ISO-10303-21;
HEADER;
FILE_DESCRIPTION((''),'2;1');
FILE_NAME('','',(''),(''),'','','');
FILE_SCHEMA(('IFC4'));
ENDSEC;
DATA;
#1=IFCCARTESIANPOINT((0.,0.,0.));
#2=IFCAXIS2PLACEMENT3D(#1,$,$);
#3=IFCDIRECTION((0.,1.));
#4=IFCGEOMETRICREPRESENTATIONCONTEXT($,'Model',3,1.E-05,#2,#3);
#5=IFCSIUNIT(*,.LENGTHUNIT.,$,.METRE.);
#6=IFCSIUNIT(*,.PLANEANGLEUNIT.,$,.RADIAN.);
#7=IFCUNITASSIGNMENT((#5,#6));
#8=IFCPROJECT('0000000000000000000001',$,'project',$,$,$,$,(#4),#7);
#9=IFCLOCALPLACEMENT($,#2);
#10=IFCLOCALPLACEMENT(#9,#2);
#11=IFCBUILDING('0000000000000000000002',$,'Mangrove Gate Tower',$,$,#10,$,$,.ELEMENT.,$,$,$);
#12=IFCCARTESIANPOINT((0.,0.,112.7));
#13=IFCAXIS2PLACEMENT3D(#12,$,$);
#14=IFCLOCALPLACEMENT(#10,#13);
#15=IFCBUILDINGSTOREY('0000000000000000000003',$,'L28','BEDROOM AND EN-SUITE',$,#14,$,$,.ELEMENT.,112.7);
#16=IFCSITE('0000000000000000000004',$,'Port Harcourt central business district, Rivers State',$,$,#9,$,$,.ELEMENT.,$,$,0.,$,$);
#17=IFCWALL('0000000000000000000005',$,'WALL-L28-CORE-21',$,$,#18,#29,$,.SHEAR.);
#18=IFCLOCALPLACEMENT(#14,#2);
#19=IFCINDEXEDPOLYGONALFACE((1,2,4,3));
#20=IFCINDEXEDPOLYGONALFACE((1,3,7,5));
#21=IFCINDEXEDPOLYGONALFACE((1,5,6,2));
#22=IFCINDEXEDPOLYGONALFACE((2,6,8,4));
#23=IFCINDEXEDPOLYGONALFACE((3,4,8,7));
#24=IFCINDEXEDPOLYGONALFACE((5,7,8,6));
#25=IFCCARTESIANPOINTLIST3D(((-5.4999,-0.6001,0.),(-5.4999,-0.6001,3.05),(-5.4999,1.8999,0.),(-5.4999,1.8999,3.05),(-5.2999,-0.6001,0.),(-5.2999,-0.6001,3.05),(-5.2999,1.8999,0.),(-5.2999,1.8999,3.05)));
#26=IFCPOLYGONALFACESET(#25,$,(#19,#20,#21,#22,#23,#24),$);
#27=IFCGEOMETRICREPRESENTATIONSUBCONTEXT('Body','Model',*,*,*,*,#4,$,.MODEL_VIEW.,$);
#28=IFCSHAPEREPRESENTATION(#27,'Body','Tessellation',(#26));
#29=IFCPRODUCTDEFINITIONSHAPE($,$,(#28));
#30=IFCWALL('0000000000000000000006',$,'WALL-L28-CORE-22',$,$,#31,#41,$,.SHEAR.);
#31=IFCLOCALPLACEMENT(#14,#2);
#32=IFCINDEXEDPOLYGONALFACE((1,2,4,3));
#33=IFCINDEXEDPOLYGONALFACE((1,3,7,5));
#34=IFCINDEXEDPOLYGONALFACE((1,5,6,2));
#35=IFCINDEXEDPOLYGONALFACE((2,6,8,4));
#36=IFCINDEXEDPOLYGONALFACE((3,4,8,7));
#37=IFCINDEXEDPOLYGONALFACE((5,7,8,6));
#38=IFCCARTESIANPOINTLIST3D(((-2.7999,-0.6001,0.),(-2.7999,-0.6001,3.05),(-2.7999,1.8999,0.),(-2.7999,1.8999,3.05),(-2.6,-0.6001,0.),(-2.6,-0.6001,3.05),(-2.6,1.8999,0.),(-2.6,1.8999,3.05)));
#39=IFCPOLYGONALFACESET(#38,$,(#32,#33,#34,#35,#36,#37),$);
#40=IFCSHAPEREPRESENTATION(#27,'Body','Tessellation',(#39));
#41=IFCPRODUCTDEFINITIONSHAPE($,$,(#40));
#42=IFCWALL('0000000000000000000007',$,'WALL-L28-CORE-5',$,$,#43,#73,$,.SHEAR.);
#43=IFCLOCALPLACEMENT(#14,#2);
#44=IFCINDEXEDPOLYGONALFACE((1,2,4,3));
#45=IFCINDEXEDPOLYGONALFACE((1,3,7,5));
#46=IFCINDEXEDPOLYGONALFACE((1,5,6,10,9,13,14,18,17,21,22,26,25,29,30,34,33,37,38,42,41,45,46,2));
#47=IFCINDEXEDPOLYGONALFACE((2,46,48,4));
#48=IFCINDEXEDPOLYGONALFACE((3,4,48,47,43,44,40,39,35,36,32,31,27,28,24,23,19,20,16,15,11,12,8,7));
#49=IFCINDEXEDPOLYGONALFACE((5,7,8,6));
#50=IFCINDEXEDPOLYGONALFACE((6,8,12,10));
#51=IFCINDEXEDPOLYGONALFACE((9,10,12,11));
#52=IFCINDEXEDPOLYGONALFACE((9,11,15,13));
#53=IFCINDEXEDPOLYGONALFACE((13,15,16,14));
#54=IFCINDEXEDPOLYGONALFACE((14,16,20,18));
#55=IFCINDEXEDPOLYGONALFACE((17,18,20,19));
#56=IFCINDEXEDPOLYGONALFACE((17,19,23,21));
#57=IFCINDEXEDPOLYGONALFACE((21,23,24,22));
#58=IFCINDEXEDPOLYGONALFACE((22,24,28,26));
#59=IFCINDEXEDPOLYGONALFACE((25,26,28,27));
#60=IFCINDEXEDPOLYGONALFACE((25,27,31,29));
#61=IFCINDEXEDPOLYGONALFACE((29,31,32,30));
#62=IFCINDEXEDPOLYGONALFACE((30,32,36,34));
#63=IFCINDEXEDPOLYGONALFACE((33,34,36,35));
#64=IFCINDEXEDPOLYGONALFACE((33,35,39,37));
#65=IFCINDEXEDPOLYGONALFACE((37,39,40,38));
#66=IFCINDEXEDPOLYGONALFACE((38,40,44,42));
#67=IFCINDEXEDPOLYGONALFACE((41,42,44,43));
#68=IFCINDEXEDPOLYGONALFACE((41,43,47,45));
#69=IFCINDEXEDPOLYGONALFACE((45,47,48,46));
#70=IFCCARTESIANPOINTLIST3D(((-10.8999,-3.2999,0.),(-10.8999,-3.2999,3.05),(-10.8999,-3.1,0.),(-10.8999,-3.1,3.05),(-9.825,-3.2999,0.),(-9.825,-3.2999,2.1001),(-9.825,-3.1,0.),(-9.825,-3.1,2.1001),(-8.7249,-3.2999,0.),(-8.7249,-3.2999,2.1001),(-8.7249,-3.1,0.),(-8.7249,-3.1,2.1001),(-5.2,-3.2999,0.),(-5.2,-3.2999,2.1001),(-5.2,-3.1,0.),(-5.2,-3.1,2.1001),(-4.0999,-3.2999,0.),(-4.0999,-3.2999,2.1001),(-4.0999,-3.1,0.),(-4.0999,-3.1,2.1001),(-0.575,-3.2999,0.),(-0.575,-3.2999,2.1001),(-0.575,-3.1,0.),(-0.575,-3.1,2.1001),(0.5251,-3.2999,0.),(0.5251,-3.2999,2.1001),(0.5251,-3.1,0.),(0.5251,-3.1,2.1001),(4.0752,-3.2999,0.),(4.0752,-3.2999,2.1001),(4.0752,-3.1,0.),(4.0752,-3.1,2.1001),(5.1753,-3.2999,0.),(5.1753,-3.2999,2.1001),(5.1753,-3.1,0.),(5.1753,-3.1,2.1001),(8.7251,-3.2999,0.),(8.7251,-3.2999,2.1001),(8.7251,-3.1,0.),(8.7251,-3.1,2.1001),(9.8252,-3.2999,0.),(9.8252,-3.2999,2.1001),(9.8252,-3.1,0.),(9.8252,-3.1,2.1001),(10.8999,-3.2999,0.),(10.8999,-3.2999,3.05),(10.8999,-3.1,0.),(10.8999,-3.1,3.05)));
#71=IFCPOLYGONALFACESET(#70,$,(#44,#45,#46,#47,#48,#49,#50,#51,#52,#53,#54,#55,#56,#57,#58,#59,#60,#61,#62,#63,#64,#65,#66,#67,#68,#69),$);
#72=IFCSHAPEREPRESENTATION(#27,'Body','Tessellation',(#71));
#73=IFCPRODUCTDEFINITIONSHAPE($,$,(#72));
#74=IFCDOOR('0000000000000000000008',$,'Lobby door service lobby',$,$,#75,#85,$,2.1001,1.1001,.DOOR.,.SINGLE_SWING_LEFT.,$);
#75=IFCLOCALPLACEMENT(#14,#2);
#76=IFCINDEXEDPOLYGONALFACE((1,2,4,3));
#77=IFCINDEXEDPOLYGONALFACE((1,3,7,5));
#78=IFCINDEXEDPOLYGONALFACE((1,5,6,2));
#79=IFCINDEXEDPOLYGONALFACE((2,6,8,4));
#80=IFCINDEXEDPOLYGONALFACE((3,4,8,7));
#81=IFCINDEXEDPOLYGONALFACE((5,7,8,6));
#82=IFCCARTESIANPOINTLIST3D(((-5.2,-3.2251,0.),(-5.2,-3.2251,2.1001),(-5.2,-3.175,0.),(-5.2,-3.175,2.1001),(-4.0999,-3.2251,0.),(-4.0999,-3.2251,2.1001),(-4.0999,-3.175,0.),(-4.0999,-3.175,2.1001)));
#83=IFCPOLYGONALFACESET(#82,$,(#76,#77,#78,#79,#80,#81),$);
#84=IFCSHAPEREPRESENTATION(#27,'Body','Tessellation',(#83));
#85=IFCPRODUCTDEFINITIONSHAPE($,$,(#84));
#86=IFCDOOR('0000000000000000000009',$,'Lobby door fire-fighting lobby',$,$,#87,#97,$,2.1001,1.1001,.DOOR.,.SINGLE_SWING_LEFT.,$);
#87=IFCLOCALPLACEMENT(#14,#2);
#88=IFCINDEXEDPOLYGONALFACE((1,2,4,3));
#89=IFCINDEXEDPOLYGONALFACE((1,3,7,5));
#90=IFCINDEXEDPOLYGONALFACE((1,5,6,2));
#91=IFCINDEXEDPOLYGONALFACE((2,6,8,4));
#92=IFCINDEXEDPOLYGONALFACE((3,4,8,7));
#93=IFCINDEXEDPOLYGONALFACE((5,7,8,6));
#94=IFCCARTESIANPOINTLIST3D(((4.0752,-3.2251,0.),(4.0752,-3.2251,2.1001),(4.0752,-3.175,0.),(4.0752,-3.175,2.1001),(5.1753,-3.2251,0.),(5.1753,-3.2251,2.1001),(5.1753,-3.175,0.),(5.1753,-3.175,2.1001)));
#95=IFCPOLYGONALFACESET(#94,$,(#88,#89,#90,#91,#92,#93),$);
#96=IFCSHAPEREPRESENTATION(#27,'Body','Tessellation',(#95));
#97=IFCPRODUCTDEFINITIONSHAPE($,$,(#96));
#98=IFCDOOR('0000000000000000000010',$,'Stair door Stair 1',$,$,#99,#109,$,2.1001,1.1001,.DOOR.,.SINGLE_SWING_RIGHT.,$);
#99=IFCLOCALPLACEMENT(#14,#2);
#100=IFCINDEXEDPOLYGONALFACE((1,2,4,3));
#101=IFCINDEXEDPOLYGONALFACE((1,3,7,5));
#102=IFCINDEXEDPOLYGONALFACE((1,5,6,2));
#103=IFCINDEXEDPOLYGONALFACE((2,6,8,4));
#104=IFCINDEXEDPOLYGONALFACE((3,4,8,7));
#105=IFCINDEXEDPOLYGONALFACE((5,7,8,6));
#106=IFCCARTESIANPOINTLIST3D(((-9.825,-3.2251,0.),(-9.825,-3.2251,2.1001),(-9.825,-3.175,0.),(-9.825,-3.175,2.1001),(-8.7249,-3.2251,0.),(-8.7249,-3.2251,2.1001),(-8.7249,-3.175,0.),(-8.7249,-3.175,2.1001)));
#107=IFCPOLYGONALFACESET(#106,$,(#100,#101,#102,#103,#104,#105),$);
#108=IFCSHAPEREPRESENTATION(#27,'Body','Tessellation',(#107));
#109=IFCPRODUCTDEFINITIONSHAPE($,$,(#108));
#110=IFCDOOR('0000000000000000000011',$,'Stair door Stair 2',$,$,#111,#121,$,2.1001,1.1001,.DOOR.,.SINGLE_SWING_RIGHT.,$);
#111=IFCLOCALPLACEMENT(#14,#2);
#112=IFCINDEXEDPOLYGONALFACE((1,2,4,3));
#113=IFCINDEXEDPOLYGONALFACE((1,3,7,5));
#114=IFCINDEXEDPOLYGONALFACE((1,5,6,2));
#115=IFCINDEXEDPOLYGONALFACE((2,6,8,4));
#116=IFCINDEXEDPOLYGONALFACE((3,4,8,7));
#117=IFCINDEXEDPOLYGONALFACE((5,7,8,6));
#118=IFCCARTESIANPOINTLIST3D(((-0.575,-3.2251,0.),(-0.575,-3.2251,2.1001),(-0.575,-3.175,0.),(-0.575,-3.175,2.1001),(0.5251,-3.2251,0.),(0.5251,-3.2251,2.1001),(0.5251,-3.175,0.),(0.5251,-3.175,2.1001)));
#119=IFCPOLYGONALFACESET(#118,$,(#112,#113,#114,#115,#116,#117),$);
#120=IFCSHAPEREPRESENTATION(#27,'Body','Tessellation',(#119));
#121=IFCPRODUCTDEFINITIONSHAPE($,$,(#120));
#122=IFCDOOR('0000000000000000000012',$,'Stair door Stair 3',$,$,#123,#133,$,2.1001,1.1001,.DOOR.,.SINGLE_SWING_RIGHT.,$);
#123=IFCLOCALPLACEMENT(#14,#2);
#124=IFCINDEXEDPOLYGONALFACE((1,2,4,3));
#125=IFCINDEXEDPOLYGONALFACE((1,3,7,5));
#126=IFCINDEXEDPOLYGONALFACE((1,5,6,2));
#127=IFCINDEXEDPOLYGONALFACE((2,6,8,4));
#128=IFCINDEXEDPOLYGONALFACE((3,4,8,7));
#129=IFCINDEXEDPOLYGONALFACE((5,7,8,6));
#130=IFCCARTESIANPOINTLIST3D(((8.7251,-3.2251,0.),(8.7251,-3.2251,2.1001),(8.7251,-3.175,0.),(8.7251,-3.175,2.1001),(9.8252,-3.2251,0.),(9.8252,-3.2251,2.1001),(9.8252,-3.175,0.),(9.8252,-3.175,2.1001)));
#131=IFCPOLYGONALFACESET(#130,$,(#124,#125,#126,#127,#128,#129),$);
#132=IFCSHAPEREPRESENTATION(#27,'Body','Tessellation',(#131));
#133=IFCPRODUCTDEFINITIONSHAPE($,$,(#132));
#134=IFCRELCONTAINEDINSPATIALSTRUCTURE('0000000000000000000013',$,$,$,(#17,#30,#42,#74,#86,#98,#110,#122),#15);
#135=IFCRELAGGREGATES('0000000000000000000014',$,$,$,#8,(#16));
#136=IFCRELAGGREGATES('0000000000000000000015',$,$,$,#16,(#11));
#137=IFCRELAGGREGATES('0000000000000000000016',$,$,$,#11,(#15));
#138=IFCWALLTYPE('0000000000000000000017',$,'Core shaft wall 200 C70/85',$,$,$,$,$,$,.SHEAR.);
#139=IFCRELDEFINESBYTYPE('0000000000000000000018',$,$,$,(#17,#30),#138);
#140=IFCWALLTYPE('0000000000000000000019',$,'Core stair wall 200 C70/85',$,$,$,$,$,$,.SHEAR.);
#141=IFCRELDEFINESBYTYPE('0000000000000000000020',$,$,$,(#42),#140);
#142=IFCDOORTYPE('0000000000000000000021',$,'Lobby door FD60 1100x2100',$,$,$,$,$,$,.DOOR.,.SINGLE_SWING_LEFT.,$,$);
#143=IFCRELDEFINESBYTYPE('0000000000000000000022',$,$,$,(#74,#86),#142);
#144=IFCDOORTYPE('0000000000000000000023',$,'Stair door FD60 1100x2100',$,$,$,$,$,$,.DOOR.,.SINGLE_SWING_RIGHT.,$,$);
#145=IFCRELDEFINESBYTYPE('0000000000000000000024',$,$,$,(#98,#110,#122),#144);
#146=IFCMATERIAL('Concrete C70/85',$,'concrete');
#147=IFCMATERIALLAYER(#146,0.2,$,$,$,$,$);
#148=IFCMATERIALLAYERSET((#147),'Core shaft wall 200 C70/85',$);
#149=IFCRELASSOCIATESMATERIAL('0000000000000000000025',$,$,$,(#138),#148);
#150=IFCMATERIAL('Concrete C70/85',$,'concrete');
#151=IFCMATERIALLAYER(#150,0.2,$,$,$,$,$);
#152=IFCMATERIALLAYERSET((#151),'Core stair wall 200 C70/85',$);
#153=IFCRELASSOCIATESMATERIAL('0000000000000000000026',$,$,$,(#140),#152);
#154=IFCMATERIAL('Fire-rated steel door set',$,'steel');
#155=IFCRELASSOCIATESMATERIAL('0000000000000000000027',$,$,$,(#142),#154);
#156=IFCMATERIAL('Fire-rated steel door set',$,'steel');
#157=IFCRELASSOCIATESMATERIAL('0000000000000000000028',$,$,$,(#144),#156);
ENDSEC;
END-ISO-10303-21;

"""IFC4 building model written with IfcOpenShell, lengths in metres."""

from ifc_helpers import new_model, si_unit, direction, frame, frame_2d, origin, place, context, subcontext, project, spatial, rectangle, extrude, material, layer, layer_set, type_object, element, fill, save


model = new_model("IFC4")

# Units and contexts
model_context = context("Model", 3, precision=1e-05, world=origin(), true_north=direction((0.0, 1.0)))
body_context = subcontext(model_context, "Body", "Model", "MODEL_VIEW")
ifc_project = project(units=[si_unit("LENGTHUNIT", "METRE"), si_unit("PLANEANGLEUNIT", "RADIAN")], contexts=[model_context])

# Site, building, storey
site_placement = place(None, origin())
site = spatial("IfcSite", under=ifc_project, at=site_placement, Name="Port Harcourt central business district, Rivers State", CompositionType="ELEMENT", RefElevation=0.0)
building_placement = place(site_placement, origin())
building = spatial("IfcBuilding", under=site, at=building_placement, Name="Mangrove Gate Tower", CompositionType="ELEMENT")
storey_placement = place(building_placement, frame((0.0, 0.0, 112.7)))
storey = spatial("IfcBuildingStorey", under=building, at=storey_placement, Name="L28", Description="BEDROOM AND EN-SUITE", CompositionType="ELEMENT", Elevation=112.7)

# Shared definitions
ifc_material_1 = material(Name="Concrete C70/85", Category="concrete")
ifc_layer_1 = layer(ifc_material_1, 0.2)
ifc_layer_set_1 = layer_set([ifc_layer_1], Name="Core shaft wall 200 C70/85")
wall_type_1 = type_object("IfcWallType", Name="Core shaft wall 200 C70/85", PredefinedType="SHEAR", material=ifc_layer_set_1)

# Walls
for number, where, z_axis, x_axis, name in (
    (1, (-5.3999, -0.6001, 0.0), (0.0, 0.0, 1.0), (0.0, 1.0, 0.0), "WALL-L28-CORE-21"),
    (2, (-2.7, -0.6001, 0.0), (0.0, 0.0, 1.0), (0.0, 1.0, 0.0), "WALL-L28-CORE-22"),
):
    element("IfcWall", number, at=place(storey_placement, frame(where, z_axis=z_axis, x_axis=x_axis)), inside=storey, type_object=wall_type_1, Name=name, PredefinedType="SHEAR", context=body_context, shape_type="SweptSolid", body=[
        extrude(rectangle(XDim=2.5, YDim=0.2, at=frame_2d((1.25, 0.0))), origin(), (0.0, 0.0, 1.0), 3.05),
    ])

# Wall, openings, doors
ifc_material_2 = material(Name="Concrete C70/85", Category="concrete")
ifc_layer_2 = layer(ifc_material_2, 0.2)
ifc_layer_set_2 = layer_set([ifc_layer_2], Name="Core stair wall 200 C70/85")
wall_type_2 = type_object("IfcWallType", Name="Core stair wall 200 C70/85", PredefinedType="SHEAR", material=ifc_layer_set_2)
wall_1_placement = place(storey_placement, frame((-10.8999, -3.2, 0.0), z_axis=(0.0, 0.0, 1.0), x_axis=(1.0, 0.0, 0.0)))
wall_1 = element("IfcWall", 3, at=wall_1_placement, inside=storey, type_object=wall_type_2, Name="WALL-L28-CORE-5", PredefinedType="SHEAR", context=body_context, shape_type="SweptSolid", body=[
    extrude(rectangle(XDim=21.7998, YDim=0.2, at=frame_2d((10.8999, 0.0))), origin(), (0.0, 0.0, 1.0), 3.05),
])
opening_1_placement = place(wall_1_placement, frame((1.075, 0.0, 0.0)))
opening_1 = element("IfcOpeningElement", 4, at=opening_1_placement, cuts=wall_1, PredefinedType="OPENING", context=body_context, shape_type="SweptSolid", body=[
    extrude(rectangle(XDim=1.1001, YDim=2.1001, at=frame_2d((0.55, 1.05))), frame((0.0, 0.1099, 0.0), z_axis=(0.0, -1.0, 0.0), x_axis=(1.0, 0.0, 0.0)), (0.0, 0.0, 1.0), 0.22),
])
opening_2_placement = place(wall_1_placement, frame((10.325, 0.0, 0.0)))
opening_2 = element("IfcOpeningElement", 5, at=opening_2_placement, cuts=wall_1, PredefinedType="OPENING", context=body_context, shape_type="SweptSolid", body=[
    extrude(rectangle(XDim=1.1001, YDim=2.1001, at=frame_2d((0.55, 1.05))), frame((0.0, 0.1099, 0.0), z_axis=(0.0, -1.0, 0.0), x_axis=(1.0, 0.0, 0.0)), (0.0, 0.0, 1.0), 0.22),
])
opening_3_placement = place(wall_1_placement, frame((19.625, 0.0, 0.0)))
opening_3 = element("IfcOpeningElement", 6, at=opening_3_placement, cuts=wall_1, PredefinedType="OPENING", context=body_context, shape_type="SweptSolid", body=[
    extrude(rectangle(XDim=1.1001, YDim=2.1001, at=frame_2d((0.55, 1.05))), frame((0.0, 0.1099, 0.0), z_axis=(0.0, -1.0, 0.0), x_axis=(1.0, 0.0, 0.0)), (0.0, 0.0, 1.0), 0.22),
])
opening_4_placement = place(wall_1_placement, frame((5.7, 0.0, 0.0)))
opening_4 = element("IfcOpeningElement", 7, at=opening_4_placement, cuts=wall_1, PredefinedType="OPENING", context=body_context, shape_type="SweptSolid", body=[
    extrude(rectangle(XDim=1.1001, YDim=2.1001, at=frame_2d((0.55, 1.05))), frame((0.0, 0.1099, 0.0), z_axis=(0.0, -1.0, 0.0), x_axis=(1.0, 0.0, 0.0)), (0.0, 0.0, 1.0), 0.22),
])
opening_5_placement = place(wall_1_placement, frame((14.9751, 0.0, 0.0)))
opening_5 = element("IfcOpeningElement", 8, at=opening_5_placement, cuts=wall_1, PredefinedType="OPENING", context=body_context, shape_type="SweptSolid", body=[
    extrude(rectangle(XDim=1.1001, YDim=2.1001, at=frame_2d((0.55, 1.05))), frame((0.0, 0.1099, 0.0), z_axis=(0.0, -1.0, 0.0), x_axis=(1.0, 0.0, 0.0)), (0.0, 0.0, 1.0), 0.22),
])
ifc_material_3 = material(Name="Fire-rated steel door set", Category="steel")
door_type_1 = type_object("IfcDoorType", Name="Lobby door FD60 1100x2100", OperationType="SINGLE_SWING_LEFT", PredefinedType="DOOR", material=ifc_material_3)
door_1_placement = place(opening_4_placement, origin())
door_1 = element("IfcDoor", 9, at=door_1_placement, inside=storey, type_object=door_type_1, Name="Lobby door service lobby", OperationType="SINGLE_SWING_LEFT", OverallHeight=2.1001, OverallWidth=1.1001, PredefinedType="DOOR", context=body_context, shape_type="SweptSolid", body=[
    extrude(rectangle(XDim=1.1001, YDim=2.1001, at=frame_2d((0.55, 1.05))), frame((0.0, 0.0249, 0.0), z_axis=(0.0, -1.0, 0.0), x_axis=(1.0, 0.0, 0.0)), (0.0, 0.0, 1.0), 0.05),
])
fill(opening_4, door_1)
door_2_placement = place(opening_5_placement, origin())
door_2 = element("IfcDoor", 10, at=door_2_placement, inside=storey, type_object=door_type_1, Name="Lobby door fire-fighting lobby", OperationType="SINGLE_SWING_LEFT", OverallHeight=2.1001, OverallWidth=1.1001, PredefinedType="DOOR", context=body_context, shape_type="SweptSolid", body=[
    extrude(rectangle(XDim=1.1001, YDim=2.1001, at=frame_2d((0.55, 1.05))), frame((0.0, 0.0249, 0.0), z_axis=(0.0, -1.0, 0.0), x_axis=(1.0, 0.0, 0.0)), (0.0, 0.0, 1.0), 0.05),
])
fill(opening_5, door_2)
ifc_material_4 = material(Name="Fire-rated steel door set", Category="steel")
door_type_2 = type_object("IfcDoorType", Name="Stair door FD60 1100x2100", OperationType="SINGLE_SWING_RIGHT", PredefinedType="DOOR", material=ifc_material_4)
door_3_placement = place(opening_1_placement, origin())
door_3 = element("IfcDoor", 11, at=door_3_placement, inside=storey, type_object=door_type_2, Name="Stair door Stair 1", OperationType="SINGLE_SWING_RIGHT", OverallHeight=2.1001, OverallWidth=1.1001, PredefinedType="DOOR", context=body_context, shape_type="SweptSolid", body=[
    extrude(rectangle(XDim=1.1001, YDim=2.1001, at=frame_2d((0.55, 1.05))), frame((0.0, 0.0249, 0.0), z_axis=(0.0, -1.0, 0.0), x_axis=(1.0, 0.0, 0.0)), (0.0, 0.0, 1.0), 0.05),
])
fill(opening_1, door_3)
door_4_placement = place(opening_2_placement, origin())
door_4 = element("IfcDoor", 12, at=door_4_placement, inside=storey, type_object=door_type_2, Name="Stair door Stair 2", OperationType="SINGLE_SWING_RIGHT", OverallHeight=2.1001, OverallWidth=1.1001, PredefinedType="DOOR", context=body_context, shape_type="SweptSolid", body=[
    extrude(rectangle(XDim=1.1001, YDim=2.1001, at=frame_2d((0.55, 1.05))), frame((0.0, 0.0249, 0.0), z_axis=(0.0, -1.0, 0.0), x_axis=(1.0, 0.0, 0.0)), (0.0, 0.0, 1.0), 0.05),
])
fill(opening_2, door_4)
door_5_placement = place(opening_3_placement, origin())
door_5 = element("IfcDoor", 13, at=door_5_placement, inside=storey, type_object=door_type_2, Name="Stair door Stair 3", OperationType="SINGLE_SWING_RIGHT", OverallHeight=2.1001, OverallWidth=1.1001, PredefinedType="DOOR", context=body_context, shape_type="SweptSolid", body=[
    extrude(rectangle(XDim=1.1001, YDim=2.1001, at=frame_2d((0.55, 1.05))), frame((0.0, 0.0249, 0.0), z_axis=(0.0, -1.0, 0.0), x_axis=(1.0, 0.0, 0.0)), (0.0, 0.0, 1.0), 0.05),
])
fill(opening_3, door_5)

save(model, "model.ifc")
